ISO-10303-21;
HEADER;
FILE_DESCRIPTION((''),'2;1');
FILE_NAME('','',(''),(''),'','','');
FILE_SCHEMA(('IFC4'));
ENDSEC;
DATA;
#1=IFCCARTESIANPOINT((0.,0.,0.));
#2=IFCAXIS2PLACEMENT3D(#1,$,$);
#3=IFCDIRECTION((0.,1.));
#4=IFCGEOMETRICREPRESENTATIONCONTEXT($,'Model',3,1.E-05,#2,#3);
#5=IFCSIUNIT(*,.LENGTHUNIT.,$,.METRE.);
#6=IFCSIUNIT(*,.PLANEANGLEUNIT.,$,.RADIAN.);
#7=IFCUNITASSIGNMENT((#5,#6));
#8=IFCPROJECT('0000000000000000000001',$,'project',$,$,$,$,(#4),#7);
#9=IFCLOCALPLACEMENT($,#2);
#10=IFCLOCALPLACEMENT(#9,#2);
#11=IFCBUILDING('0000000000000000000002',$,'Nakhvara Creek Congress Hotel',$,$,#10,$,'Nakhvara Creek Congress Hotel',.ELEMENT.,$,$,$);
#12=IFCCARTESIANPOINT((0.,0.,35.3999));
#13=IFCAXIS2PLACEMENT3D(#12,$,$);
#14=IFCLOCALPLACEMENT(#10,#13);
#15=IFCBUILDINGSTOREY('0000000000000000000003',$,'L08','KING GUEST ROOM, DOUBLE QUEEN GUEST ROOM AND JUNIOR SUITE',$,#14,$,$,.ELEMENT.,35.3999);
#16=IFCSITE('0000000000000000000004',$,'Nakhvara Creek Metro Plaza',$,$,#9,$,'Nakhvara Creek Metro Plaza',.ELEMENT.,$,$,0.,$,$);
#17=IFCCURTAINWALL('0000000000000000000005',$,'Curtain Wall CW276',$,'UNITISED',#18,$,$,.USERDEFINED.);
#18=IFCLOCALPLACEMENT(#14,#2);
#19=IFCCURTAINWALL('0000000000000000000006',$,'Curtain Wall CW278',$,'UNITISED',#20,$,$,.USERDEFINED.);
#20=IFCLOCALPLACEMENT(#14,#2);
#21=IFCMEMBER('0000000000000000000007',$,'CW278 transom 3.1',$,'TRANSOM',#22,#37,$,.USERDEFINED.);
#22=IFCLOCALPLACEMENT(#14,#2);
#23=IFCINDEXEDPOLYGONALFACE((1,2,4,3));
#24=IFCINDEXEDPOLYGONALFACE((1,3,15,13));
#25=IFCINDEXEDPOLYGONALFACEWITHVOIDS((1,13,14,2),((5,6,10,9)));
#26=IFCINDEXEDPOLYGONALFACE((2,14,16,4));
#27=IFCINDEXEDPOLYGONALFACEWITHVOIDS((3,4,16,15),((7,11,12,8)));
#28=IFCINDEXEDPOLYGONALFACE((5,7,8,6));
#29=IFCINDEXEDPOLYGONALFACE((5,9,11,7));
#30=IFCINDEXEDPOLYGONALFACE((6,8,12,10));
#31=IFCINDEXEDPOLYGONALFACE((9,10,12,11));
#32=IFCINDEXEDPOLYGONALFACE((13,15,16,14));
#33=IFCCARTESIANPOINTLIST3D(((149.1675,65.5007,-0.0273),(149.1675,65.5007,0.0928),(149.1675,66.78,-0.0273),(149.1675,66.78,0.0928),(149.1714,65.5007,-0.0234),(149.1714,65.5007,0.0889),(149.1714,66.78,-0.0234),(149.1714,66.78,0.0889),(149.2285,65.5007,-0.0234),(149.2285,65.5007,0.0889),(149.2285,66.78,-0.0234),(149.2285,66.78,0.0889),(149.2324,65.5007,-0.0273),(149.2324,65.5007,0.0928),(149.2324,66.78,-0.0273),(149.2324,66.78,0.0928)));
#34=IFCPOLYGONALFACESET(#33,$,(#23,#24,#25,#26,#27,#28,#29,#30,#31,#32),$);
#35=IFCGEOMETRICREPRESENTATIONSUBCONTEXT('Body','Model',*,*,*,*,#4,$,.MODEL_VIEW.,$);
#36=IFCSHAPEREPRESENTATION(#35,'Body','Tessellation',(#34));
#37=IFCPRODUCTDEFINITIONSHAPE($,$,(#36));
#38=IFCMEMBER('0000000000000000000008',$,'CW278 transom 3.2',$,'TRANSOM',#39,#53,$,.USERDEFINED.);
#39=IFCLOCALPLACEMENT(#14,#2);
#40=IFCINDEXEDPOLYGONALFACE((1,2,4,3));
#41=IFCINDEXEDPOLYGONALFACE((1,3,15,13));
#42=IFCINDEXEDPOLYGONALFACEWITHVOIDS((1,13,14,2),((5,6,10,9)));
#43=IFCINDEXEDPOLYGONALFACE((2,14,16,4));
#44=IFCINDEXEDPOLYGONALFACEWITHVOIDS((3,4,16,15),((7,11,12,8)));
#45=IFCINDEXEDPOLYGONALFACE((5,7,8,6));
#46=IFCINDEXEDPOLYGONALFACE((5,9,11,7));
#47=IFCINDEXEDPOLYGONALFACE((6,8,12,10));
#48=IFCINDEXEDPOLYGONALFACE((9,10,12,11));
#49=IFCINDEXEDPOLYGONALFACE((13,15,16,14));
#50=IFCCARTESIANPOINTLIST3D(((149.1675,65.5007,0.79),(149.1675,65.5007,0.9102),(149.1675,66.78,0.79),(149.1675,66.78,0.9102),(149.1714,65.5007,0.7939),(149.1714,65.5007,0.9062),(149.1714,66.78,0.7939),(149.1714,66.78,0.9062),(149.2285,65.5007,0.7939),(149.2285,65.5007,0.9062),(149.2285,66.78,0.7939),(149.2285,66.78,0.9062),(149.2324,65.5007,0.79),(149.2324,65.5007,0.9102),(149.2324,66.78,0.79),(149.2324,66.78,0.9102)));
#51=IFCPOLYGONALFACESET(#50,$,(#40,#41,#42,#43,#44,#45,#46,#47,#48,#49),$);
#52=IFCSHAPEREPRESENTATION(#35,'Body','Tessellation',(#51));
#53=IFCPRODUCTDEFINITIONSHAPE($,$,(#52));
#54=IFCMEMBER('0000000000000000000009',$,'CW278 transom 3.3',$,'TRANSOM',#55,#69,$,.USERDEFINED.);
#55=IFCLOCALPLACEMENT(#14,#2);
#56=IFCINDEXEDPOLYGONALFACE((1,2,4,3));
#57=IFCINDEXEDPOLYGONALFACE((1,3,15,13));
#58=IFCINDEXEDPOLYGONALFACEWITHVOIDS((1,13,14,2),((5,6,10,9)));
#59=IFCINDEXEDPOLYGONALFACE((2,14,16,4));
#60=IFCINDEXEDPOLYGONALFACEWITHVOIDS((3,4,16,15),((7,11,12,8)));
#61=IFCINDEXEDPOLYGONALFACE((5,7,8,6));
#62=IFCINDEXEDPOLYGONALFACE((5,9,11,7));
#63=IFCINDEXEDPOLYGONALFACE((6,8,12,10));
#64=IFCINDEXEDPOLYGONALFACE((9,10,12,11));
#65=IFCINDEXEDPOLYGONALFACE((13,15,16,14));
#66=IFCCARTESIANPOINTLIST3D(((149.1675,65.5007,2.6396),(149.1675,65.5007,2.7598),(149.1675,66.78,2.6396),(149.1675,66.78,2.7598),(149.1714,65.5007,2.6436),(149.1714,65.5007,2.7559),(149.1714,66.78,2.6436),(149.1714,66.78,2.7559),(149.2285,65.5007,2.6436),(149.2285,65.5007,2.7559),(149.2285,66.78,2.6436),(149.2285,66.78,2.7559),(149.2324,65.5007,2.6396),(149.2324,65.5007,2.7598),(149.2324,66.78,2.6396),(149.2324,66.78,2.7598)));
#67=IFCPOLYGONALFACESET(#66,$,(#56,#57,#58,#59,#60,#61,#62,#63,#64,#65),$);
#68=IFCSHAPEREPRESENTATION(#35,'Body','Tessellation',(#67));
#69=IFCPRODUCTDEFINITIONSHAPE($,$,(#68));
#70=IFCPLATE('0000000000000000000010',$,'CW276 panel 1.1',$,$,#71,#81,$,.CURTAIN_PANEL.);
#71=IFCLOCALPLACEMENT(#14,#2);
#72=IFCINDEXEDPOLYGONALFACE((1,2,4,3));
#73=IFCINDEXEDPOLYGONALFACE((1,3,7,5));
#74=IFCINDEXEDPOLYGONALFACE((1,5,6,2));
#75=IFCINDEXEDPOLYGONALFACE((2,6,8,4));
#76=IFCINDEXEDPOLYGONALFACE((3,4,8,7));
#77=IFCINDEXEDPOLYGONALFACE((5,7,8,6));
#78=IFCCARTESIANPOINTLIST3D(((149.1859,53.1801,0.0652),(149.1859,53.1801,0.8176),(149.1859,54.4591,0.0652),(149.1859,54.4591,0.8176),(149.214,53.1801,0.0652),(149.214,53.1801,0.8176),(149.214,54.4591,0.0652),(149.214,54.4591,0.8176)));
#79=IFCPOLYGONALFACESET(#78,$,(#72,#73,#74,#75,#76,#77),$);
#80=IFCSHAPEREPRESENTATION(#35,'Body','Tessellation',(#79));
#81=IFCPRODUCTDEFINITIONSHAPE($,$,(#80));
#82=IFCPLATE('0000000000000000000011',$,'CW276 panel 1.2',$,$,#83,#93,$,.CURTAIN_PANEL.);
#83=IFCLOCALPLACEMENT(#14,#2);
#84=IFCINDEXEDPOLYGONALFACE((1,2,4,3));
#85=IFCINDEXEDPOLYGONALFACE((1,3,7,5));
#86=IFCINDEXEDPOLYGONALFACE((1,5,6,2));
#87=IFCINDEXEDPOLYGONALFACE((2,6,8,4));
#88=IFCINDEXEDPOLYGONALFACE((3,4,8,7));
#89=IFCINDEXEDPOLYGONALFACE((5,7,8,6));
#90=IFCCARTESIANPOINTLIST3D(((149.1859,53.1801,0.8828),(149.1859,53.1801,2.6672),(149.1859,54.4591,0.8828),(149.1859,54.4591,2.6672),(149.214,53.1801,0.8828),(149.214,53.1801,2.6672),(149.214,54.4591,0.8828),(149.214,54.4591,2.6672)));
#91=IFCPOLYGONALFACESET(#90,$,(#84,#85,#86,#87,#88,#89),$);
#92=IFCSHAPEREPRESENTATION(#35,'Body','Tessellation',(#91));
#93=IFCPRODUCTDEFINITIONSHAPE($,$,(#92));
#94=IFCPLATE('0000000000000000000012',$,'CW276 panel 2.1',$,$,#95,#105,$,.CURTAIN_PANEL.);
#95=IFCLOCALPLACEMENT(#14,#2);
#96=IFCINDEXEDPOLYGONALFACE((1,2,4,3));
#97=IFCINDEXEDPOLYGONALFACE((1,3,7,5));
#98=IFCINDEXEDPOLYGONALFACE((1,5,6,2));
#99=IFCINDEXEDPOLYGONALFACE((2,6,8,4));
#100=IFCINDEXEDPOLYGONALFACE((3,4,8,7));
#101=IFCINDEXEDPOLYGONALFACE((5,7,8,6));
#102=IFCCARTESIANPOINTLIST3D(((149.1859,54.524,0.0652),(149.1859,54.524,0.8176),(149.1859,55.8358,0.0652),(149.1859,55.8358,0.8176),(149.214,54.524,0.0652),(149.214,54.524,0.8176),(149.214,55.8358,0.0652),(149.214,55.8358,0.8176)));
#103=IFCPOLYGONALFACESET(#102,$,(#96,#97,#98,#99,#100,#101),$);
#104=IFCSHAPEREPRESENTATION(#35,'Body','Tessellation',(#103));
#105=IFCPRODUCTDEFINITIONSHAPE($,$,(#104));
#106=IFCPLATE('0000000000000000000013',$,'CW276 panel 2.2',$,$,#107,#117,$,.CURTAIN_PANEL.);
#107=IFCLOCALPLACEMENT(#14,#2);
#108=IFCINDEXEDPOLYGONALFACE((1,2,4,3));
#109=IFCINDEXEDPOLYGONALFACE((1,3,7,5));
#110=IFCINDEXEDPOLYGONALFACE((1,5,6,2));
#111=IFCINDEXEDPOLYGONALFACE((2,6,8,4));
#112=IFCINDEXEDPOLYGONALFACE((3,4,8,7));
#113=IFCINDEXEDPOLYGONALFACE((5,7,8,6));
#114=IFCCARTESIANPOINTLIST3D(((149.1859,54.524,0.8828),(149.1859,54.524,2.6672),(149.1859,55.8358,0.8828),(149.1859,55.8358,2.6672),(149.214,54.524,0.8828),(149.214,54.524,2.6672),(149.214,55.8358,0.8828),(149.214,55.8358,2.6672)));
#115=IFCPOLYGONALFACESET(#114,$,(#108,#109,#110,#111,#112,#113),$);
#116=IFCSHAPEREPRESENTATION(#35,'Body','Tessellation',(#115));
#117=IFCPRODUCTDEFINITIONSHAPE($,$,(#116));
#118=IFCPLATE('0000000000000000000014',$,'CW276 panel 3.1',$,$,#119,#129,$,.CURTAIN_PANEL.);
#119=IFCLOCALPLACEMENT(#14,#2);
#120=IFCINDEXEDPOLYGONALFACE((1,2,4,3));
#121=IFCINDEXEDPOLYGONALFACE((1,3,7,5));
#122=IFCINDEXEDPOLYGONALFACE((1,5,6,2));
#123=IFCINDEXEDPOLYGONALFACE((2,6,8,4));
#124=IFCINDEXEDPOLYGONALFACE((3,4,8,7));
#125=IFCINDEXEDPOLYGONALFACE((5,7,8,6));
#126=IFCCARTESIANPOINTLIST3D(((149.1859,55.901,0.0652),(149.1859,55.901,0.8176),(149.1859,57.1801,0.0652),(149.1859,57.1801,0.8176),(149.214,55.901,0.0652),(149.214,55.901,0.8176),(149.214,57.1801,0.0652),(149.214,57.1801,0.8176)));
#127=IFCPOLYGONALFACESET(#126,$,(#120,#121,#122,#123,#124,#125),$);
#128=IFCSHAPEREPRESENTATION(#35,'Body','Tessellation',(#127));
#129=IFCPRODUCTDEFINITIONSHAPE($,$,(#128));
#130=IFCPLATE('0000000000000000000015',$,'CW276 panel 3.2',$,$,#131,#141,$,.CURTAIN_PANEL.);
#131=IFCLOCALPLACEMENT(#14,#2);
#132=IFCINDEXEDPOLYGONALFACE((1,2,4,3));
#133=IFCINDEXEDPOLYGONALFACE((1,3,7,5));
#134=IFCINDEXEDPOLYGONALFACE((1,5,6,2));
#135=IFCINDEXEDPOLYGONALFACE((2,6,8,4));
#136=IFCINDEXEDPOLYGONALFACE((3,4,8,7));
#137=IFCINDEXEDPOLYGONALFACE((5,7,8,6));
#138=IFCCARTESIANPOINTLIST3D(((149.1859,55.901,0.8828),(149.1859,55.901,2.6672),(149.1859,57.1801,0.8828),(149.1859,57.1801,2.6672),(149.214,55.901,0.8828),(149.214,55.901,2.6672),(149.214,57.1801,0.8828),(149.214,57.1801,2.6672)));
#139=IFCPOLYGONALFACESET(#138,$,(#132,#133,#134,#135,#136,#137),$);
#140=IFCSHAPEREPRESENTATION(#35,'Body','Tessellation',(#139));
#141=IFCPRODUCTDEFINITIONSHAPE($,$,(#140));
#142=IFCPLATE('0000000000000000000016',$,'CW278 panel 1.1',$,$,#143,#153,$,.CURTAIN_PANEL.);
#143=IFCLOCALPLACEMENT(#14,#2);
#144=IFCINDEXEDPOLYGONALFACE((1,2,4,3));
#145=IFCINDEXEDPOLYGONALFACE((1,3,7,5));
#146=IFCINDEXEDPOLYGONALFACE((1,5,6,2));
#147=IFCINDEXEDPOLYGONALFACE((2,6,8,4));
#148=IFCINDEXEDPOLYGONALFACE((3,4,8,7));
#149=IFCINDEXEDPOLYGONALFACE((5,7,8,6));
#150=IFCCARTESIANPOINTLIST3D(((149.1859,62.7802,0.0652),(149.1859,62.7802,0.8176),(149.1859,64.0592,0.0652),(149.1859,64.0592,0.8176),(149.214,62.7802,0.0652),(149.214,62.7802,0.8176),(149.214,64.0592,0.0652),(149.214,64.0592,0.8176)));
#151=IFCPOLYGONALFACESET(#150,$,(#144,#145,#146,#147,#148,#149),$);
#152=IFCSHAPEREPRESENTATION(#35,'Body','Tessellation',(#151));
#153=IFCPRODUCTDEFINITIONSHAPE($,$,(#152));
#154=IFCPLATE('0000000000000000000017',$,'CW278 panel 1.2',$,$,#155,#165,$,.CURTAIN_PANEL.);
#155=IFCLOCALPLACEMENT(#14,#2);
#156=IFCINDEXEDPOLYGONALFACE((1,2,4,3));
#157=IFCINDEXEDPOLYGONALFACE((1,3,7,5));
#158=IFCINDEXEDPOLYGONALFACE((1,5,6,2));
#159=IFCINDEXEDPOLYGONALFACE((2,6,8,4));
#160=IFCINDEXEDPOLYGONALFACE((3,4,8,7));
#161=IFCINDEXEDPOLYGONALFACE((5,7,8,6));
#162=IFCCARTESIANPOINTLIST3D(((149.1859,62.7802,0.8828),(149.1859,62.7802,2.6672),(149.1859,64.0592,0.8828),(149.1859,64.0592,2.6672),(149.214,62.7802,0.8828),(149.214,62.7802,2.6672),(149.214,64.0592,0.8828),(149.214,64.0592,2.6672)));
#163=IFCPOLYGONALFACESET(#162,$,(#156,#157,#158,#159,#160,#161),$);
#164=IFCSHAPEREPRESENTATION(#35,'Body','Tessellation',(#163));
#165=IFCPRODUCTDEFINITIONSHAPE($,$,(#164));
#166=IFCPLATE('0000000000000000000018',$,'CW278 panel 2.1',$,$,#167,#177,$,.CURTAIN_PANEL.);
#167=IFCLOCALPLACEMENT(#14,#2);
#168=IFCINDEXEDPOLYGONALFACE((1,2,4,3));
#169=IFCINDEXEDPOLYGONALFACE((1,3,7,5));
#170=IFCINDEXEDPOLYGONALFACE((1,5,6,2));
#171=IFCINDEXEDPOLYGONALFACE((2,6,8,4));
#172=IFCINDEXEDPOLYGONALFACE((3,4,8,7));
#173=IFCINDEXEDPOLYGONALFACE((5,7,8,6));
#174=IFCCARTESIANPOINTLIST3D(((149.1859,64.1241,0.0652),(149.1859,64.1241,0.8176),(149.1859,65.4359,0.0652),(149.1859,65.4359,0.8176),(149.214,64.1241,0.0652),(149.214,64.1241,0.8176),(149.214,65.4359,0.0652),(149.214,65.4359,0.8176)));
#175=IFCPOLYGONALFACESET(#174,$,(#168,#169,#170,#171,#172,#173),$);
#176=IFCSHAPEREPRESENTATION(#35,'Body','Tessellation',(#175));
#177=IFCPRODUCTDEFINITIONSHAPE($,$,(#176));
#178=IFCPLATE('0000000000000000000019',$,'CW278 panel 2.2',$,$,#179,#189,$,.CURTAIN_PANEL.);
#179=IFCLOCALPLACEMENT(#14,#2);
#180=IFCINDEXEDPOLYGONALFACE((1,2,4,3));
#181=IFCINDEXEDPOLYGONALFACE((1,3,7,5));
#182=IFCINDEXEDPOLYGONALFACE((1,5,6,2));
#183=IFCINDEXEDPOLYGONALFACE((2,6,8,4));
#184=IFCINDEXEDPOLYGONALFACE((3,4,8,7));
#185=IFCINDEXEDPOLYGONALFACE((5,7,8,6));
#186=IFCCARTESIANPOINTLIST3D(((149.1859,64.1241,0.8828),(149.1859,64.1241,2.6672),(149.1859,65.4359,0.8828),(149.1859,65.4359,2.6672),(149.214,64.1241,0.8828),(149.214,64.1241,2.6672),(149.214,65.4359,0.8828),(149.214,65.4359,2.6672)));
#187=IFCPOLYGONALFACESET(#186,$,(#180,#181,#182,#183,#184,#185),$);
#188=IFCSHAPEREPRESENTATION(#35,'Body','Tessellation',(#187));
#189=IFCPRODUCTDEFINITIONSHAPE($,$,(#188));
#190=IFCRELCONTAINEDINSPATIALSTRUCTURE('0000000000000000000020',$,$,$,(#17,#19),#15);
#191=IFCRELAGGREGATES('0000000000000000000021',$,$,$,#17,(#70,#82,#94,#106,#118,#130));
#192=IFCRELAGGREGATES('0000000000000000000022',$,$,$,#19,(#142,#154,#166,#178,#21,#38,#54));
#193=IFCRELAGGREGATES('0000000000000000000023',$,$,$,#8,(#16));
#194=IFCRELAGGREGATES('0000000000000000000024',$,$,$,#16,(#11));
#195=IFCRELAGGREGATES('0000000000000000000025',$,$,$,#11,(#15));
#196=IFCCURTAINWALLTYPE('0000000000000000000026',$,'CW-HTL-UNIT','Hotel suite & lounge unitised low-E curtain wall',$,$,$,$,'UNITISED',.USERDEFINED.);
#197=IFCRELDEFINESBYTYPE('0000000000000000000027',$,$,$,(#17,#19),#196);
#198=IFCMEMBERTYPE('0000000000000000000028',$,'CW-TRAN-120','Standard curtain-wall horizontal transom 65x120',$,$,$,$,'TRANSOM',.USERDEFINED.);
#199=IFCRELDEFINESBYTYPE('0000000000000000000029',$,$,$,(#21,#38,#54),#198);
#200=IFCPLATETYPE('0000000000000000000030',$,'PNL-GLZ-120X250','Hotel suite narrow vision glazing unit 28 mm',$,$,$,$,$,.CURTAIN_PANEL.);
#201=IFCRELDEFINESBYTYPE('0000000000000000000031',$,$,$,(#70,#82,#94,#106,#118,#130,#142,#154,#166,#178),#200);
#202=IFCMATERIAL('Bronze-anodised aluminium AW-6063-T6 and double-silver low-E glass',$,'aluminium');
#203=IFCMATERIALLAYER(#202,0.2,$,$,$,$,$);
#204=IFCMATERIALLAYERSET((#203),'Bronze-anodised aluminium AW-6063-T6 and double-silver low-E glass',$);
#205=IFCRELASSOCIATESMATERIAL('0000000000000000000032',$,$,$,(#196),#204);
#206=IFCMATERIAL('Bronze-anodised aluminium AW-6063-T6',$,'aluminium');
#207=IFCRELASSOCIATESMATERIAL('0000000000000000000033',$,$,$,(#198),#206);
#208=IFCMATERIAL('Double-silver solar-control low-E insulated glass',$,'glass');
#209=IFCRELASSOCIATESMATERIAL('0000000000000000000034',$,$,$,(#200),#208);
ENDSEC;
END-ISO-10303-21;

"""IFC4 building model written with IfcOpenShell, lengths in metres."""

from ifc_helpers import new_model, si_unit, direction, frame, origin, origin_2d, place, context, subcontext, project, spatial, rectangle, hollow_rectangle, extrude, material, layer, layer_set, material_profile, profile_set, type_object, element, aggregate, save


model = new_model("IFC4")

# Units and contexts
model_context = context("Model", 3, precision=1e-05, world=origin(), true_north=direction((0.0, 1.0)))
body_context = subcontext(model_context, "Body", "Model", "MODEL_VIEW")
ifc_project = project(units=[si_unit("LENGTHUNIT", "METRE"), si_unit("PLANEANGLEUNIT", "RADIAN")], contexts=[model_context])

# Site, building, storey
site_placement = place(None, origin())
site = spatial("IfcSite", under=ifc_project, at=site_placement, Name="Nakhvara Creek Metro Plaza", LongName="Nakhvara Creek Metro Plaza", CompositionType="ELEMENT", RefElevation=0.0)
building_placement = place(site_placement, origin())
building = spatial("IfcBuilding", under=site, at=building_placement, Name="Nakhvara Creek Congress Hotel", LongName="Nakhvara Creek Congress Hotel", CompositionType="ELEMENT")
storey_placement = place(building_placement, frame((0.0, 0.0, 35.3999)))
storey = spatial("IfcBuildingStorey", under=building, at=storey_placement, Name="L08", Description="KING GUEST ROOM, DOUBLE QUEEN GUEST ROOM AND JUNIOR SUITE", CompositionType="ELEMENT", Elevation=35.3999)

# Curtain walls
ifc_material_1 = material(Name="Bronze-anodised aluminium AW-6063-T6 and double-silver low-E glass", Category="aluminium")
ifc_layer = layer(ifc_material_1, 0.2)
ifc_layer_set = layer_set([ifc_layer], Name="Bronze-anodised aluminium AW-6063-T6 and double-silver low-E glass")
curtain_wall_type = type_object("IfcCurtainWallType", Name="CW-HTL-UNIT", Description="Hotel suite & lounge unitised low-E curtain wall", ElementType="UNITISED", PredefinedType="USERDEFINED", material=ifc_layer_set)
curtain_wall_1_placement = place(storey_placement, origin())
curtain_wall_1 = element("IfcCurtainWall", 1, at=curtain_wall_1_placement, inside=storey, type_object=curtain_wall_type, Name="Curtain Wall CW276", ObjectType="UNITISED", PredefinedType="USERDEFINED")
ifc_material_2 = material(Name="Bronze-anodised aluminium AW-6063-T6", Category="aluminium")
curtain_wall_2_placement = place(storey_placement, origin())
curtain_wall_2 = element("IfcCurtainWall", 2, at=curtain_wall_2_placement, inside=storey, type_object=curtain_wall_type, Name="Curtain Wall CW278", ObjectType="UNITISED", PredefinedType="USERDEFINED")

# Members
ifc_material_profile_1 = material_profile(ifc_material_2, hollow_rectangle(XDim=0.0649, YDim=0.1201, WallThickness=0.0039, at=origin_2d()), Name="ALU-TRAN 65x120x4", Category="LoadBearing")
ifc_profile_set_1 = profile_set([ifc_material_profile_1], Name="Bronze-anodised aluminium AW-6063-T6")
member_type_1 = type_object("IfcMemberType", Name="CW-TRAN-120", Description="Standard curtain-wall horizontal transom 65x120", ElementType="TRANSOM", PredefinedType="USERDEFINED", material=ifc_profile_set_1)
member_1_placement = place(storey_placement, frame((149.2, 65.5007, 0.0327), z_axis=(0.0, 1.0, 0.0), x_axis=(-1.0, 0.0, 0.0)))
member_1 = element("IfcMember", 3, at=member_1_placement, type_object=member_type_1, Name="CW278 transom 3.1", ObjectType="TRANSOM", PredefinedType="USERDEFINED", context=body_context, shape_type="SweptSolid", body=[
    extrude(hollow_rectangle(XDim=0.0649, YDim=0.1201, WallThickness=0.0039, at=origin_2d()), origin(), (0.0, 0.0, 1.0), 1.2793),
])
member_2_placement = place(storey_placement, frame((149.2, 65.5007, 0.8501), z_axis=(0.0, 1.0, 0.0), x_axis=(-1.0, 0.0, 0.0)))
member_2 = element("IfcMember", 4, at=member_2_placement, type_object=member_type_1, Name="CW278 transom 3.2", ObjectType="TRANSOM", PredefinedType="USERDEFINED", context=body_context, shape_type="SweptSolid", body=[
    extrude(hollow_rectangle(XDim=0.0649, YDim=0.1201, WallThickness=0.0039, at=origin_2d()), origin(), (0.0, 0.0, 1.0), 1.2793),
])
member_3_placement = place(storey_placement, frame((149.2, 65.5007, 2.6997), z_axis=(0.0, 1.0, 0.0), x_axis=(-1.0, 0.0, 0.0)))
member_3 = element("IfcMember", 5, at=member_3_placement, type_object=member_type_1, Name="CW278 transom 3.3", ObjectType="TRANSOM", PredefinedType="USERDEFINED", context=body_context, shape_type="SweptSolid", body=[
    extrude(hollow_rectangle(XDim=0.0649, YDim=0.1201, WallThickness=0.0039, at=origin_2d()), origin(), (0.0, 0.0, 1.0), 1.2793),
])

# Plates
ifc_material_3 = material(Name="Double-silver solar-control low-E insulated glass", Category="glass")
plate_type = type_object("IfcPlateType", Name="PNL-GLZ-120X250", Description="Hotel suite narrow vision glazing unit 28 mm", PredefinedType="CURTAIN_PANEL", material=ifc_material_3)
plate_1_placement = place(storey_placement, frame((149.2, 53.8196, 0.0652), z_axis=(0.0, 0.0, 1.0), x_axis=(0.0, 1.0, 0.0)))
plate_1 = element("IfcPlate", 6, at=plate_1_placement, type_object=plate_type, Name="CW276 panel 1.1", PredefinedType="CURTAIN_PANEL", context=body_context, shape_type="SweptSolid", body=[
    extrude(rectangle(XDim=1.2791, YDim=0.0281, at=origin_2d()), origin(), (0.0, 0.0, 1.0), 0.7524),
])
plate_2_placement = place(storey_placement, frame((149.2, 53.8196, 0.8828), z_axis=(0.0, 0.0, 1.0), x_axis=(0.0, 1.0, 0.0)))
plate_2 = element("IfcPlate", 7, at=plate_2_placement, type_object=plate_type, Name="CW276 panel 1.2", PredefinedType="CURTAIN_PANEL", context=body_context, shape_type="SweptSolid", body=[
    extrude(rectangle(XDim=1.2791, YDim=0.0281, at=origin_2d()), origin(), (0.0, 0.0, 1.0), 1.7844),
])
plate_3_placement = place(storey_placement, frame((149.2, 55.1799, 0.0652), z_axis=(0.0, 0.0, 1.0), x_axis=(0.0, 1.0, 0.0)))
plate_3 = element("IfcPlate", 8, at=plate_3_placement, type_object=plate_type, Name="CW276 panel 2.1", PredefinedType="CURTAIN_PANEL", context=body_context, shape_type="SweptSolid", body=[
    extrude(rectangle(XDim=1.3118, YDim=0.0281, at=origin_2d()), origin(), (0.0, 0.0, 1.0), 0.7524),
])
plate_4_placement = place(storey_placement, frame((149.2, 55.1799, 0.8828), z_axis=(0.0, 0.0, 1.0), x_axis=(0.0, 1.0, 0.0)))
plate_4 = element("IfcPlate", 9, at=plate_4_placement, type_object=plate_type, Name="CW276 panel 2.2", PredefinedType="CURTAIN_PANEL", context=body_context, shape_type="SweptSolid", body=[
    extrude(rectangle(XDim=1.3118, YDim=0.0281, at=origin_2d()), origin(), (0.0, 0.0, 1.0), 1.7844),
])
plate_5_placement = place(storey_placement, frame((149.2, 56.5405, 0.0652), z_axis=(0.0, 0.0, 1.0), x_axis=(0.0, 1.0, 0.0)))
plate_5 = element("IfcPlate", 10, at=plate_5_placement, type_object=plate_type, Name="CW276 panel 3.1", PredefinedType="CURTAIN_PANEL", context=body_context, shape_type="SweptSolid", body=[
    extrude(rectangle(XDim=1.2791, YDim=0.0281, at=origin_2d()), origin(), (0.0, 0.0, 1.0), 0.7524),
])
plate_6_placement = place(storey_placement, frame((149.2, 56.5405, 0.8828), z_axis=(0.0, 0.0, 1.0), x_axis=(0.0, 1.0, 0.0)))
plate_6 = element("IfcPlate", 11, at=plate_6_placement, type_object=plate_type, Name="CW276 panel 3.2", PredefinedType="CURTAIN_PANEL", context=body_context, shape_type="SweptSolid", body=[
    extrude(rectangle(XDim=1.2791, YDim=0.0281, at=origin_2d()), origin(), (0.0, 0.0, 1.0), 1.7844),
])
aggregate(curtain_wall_1, [plate_1, plate_2, plate_3, plate_4, plate_5, plate_6])
plate_7_placement = place(storey_placement, frame((149.2, 63.4197, 0.0652), z_axis=(0.0, 0.0, 1.0), x_axis=(0.0, 1.0, 0.0)))
plate_7 = element("IfcPlate", 12, at=plate_7_placement, type_object=plate_type, Name="CW278 panel 1.1", PredefinedType="CURTAIN_PANEL", context=body_context, shape_type="SweptSolid", body=[
    extrude(rectangle(XDim=1.2791, YDim=0.0281, at=origin_2d()), origin(), (0.0, 0.0, 1.0), 0.7524),
])
plate_8_placement = place(storey_placement, frame((149.2, 63.4197, 0.8828), z_axis=(0.0, 0.0, 1.0), x_axis=(0.0, 1.0, 0.0)))
plate_8 = element("IfcPlate", 13, at=plate_8_placement, type_object=plate_type, Name="CW278 panel 1.2", PredefinedType="CURTAIN_PANEL", context=body_context, shape_type="SweptSolid", body=[
    extrude(rectangle(XDim=1.2791, YDim=0.0281, at=origin_2d()), origin(), (0.0, 0.0, 1.0), 1.7844),
])
plate_9_placement = place(storey_placement, frame((149.2, 64.78, 0.0652), z_axis=(0.0, 0.0, 1.0), x_axis=(0.0, 1.0, 0.0)))
plate_9 = element("IfcPlate", 14, at=plate_9_placement, type_object=plate_type, Name="CW278 panel 2.1", PredefinedType="CURTAIN_PANEL", context=body_context, shape_type="SweptSolid", body=[
    extrude(rectangle(XDim=1.3118, YDim=0.0281, at=origin_2d()), origin(), (0.0, 0.0, 1.0), 0.7524),
])
plate_10_placement = place(storey_placement, frame((149.2, 64.78, 0.8828), z_axis=(0.0, 0.0, 1.0), x_axis=(0.0, 1.0, 0.0)))
plate_10 = element("IfcPlate", 15, at=plate_10_placement, type_object=plate_type, Name="CW278 panel 2.2", PredefinedType="CURTAIN_PANEL", context=body_context, shape_type="SweptSolid", body=[
    extrude(rectangle(XDim=1.3118, YDim=0.0281, at=origin_2d()), origin(), (0.0, 0.0, 1.0), 1.7844),
])
aggregate(curtain_wall_2, [plate_7, plate_8, plate_9, plate_10, member_1, member_2, member_3])

save(model, "model.ifc")
